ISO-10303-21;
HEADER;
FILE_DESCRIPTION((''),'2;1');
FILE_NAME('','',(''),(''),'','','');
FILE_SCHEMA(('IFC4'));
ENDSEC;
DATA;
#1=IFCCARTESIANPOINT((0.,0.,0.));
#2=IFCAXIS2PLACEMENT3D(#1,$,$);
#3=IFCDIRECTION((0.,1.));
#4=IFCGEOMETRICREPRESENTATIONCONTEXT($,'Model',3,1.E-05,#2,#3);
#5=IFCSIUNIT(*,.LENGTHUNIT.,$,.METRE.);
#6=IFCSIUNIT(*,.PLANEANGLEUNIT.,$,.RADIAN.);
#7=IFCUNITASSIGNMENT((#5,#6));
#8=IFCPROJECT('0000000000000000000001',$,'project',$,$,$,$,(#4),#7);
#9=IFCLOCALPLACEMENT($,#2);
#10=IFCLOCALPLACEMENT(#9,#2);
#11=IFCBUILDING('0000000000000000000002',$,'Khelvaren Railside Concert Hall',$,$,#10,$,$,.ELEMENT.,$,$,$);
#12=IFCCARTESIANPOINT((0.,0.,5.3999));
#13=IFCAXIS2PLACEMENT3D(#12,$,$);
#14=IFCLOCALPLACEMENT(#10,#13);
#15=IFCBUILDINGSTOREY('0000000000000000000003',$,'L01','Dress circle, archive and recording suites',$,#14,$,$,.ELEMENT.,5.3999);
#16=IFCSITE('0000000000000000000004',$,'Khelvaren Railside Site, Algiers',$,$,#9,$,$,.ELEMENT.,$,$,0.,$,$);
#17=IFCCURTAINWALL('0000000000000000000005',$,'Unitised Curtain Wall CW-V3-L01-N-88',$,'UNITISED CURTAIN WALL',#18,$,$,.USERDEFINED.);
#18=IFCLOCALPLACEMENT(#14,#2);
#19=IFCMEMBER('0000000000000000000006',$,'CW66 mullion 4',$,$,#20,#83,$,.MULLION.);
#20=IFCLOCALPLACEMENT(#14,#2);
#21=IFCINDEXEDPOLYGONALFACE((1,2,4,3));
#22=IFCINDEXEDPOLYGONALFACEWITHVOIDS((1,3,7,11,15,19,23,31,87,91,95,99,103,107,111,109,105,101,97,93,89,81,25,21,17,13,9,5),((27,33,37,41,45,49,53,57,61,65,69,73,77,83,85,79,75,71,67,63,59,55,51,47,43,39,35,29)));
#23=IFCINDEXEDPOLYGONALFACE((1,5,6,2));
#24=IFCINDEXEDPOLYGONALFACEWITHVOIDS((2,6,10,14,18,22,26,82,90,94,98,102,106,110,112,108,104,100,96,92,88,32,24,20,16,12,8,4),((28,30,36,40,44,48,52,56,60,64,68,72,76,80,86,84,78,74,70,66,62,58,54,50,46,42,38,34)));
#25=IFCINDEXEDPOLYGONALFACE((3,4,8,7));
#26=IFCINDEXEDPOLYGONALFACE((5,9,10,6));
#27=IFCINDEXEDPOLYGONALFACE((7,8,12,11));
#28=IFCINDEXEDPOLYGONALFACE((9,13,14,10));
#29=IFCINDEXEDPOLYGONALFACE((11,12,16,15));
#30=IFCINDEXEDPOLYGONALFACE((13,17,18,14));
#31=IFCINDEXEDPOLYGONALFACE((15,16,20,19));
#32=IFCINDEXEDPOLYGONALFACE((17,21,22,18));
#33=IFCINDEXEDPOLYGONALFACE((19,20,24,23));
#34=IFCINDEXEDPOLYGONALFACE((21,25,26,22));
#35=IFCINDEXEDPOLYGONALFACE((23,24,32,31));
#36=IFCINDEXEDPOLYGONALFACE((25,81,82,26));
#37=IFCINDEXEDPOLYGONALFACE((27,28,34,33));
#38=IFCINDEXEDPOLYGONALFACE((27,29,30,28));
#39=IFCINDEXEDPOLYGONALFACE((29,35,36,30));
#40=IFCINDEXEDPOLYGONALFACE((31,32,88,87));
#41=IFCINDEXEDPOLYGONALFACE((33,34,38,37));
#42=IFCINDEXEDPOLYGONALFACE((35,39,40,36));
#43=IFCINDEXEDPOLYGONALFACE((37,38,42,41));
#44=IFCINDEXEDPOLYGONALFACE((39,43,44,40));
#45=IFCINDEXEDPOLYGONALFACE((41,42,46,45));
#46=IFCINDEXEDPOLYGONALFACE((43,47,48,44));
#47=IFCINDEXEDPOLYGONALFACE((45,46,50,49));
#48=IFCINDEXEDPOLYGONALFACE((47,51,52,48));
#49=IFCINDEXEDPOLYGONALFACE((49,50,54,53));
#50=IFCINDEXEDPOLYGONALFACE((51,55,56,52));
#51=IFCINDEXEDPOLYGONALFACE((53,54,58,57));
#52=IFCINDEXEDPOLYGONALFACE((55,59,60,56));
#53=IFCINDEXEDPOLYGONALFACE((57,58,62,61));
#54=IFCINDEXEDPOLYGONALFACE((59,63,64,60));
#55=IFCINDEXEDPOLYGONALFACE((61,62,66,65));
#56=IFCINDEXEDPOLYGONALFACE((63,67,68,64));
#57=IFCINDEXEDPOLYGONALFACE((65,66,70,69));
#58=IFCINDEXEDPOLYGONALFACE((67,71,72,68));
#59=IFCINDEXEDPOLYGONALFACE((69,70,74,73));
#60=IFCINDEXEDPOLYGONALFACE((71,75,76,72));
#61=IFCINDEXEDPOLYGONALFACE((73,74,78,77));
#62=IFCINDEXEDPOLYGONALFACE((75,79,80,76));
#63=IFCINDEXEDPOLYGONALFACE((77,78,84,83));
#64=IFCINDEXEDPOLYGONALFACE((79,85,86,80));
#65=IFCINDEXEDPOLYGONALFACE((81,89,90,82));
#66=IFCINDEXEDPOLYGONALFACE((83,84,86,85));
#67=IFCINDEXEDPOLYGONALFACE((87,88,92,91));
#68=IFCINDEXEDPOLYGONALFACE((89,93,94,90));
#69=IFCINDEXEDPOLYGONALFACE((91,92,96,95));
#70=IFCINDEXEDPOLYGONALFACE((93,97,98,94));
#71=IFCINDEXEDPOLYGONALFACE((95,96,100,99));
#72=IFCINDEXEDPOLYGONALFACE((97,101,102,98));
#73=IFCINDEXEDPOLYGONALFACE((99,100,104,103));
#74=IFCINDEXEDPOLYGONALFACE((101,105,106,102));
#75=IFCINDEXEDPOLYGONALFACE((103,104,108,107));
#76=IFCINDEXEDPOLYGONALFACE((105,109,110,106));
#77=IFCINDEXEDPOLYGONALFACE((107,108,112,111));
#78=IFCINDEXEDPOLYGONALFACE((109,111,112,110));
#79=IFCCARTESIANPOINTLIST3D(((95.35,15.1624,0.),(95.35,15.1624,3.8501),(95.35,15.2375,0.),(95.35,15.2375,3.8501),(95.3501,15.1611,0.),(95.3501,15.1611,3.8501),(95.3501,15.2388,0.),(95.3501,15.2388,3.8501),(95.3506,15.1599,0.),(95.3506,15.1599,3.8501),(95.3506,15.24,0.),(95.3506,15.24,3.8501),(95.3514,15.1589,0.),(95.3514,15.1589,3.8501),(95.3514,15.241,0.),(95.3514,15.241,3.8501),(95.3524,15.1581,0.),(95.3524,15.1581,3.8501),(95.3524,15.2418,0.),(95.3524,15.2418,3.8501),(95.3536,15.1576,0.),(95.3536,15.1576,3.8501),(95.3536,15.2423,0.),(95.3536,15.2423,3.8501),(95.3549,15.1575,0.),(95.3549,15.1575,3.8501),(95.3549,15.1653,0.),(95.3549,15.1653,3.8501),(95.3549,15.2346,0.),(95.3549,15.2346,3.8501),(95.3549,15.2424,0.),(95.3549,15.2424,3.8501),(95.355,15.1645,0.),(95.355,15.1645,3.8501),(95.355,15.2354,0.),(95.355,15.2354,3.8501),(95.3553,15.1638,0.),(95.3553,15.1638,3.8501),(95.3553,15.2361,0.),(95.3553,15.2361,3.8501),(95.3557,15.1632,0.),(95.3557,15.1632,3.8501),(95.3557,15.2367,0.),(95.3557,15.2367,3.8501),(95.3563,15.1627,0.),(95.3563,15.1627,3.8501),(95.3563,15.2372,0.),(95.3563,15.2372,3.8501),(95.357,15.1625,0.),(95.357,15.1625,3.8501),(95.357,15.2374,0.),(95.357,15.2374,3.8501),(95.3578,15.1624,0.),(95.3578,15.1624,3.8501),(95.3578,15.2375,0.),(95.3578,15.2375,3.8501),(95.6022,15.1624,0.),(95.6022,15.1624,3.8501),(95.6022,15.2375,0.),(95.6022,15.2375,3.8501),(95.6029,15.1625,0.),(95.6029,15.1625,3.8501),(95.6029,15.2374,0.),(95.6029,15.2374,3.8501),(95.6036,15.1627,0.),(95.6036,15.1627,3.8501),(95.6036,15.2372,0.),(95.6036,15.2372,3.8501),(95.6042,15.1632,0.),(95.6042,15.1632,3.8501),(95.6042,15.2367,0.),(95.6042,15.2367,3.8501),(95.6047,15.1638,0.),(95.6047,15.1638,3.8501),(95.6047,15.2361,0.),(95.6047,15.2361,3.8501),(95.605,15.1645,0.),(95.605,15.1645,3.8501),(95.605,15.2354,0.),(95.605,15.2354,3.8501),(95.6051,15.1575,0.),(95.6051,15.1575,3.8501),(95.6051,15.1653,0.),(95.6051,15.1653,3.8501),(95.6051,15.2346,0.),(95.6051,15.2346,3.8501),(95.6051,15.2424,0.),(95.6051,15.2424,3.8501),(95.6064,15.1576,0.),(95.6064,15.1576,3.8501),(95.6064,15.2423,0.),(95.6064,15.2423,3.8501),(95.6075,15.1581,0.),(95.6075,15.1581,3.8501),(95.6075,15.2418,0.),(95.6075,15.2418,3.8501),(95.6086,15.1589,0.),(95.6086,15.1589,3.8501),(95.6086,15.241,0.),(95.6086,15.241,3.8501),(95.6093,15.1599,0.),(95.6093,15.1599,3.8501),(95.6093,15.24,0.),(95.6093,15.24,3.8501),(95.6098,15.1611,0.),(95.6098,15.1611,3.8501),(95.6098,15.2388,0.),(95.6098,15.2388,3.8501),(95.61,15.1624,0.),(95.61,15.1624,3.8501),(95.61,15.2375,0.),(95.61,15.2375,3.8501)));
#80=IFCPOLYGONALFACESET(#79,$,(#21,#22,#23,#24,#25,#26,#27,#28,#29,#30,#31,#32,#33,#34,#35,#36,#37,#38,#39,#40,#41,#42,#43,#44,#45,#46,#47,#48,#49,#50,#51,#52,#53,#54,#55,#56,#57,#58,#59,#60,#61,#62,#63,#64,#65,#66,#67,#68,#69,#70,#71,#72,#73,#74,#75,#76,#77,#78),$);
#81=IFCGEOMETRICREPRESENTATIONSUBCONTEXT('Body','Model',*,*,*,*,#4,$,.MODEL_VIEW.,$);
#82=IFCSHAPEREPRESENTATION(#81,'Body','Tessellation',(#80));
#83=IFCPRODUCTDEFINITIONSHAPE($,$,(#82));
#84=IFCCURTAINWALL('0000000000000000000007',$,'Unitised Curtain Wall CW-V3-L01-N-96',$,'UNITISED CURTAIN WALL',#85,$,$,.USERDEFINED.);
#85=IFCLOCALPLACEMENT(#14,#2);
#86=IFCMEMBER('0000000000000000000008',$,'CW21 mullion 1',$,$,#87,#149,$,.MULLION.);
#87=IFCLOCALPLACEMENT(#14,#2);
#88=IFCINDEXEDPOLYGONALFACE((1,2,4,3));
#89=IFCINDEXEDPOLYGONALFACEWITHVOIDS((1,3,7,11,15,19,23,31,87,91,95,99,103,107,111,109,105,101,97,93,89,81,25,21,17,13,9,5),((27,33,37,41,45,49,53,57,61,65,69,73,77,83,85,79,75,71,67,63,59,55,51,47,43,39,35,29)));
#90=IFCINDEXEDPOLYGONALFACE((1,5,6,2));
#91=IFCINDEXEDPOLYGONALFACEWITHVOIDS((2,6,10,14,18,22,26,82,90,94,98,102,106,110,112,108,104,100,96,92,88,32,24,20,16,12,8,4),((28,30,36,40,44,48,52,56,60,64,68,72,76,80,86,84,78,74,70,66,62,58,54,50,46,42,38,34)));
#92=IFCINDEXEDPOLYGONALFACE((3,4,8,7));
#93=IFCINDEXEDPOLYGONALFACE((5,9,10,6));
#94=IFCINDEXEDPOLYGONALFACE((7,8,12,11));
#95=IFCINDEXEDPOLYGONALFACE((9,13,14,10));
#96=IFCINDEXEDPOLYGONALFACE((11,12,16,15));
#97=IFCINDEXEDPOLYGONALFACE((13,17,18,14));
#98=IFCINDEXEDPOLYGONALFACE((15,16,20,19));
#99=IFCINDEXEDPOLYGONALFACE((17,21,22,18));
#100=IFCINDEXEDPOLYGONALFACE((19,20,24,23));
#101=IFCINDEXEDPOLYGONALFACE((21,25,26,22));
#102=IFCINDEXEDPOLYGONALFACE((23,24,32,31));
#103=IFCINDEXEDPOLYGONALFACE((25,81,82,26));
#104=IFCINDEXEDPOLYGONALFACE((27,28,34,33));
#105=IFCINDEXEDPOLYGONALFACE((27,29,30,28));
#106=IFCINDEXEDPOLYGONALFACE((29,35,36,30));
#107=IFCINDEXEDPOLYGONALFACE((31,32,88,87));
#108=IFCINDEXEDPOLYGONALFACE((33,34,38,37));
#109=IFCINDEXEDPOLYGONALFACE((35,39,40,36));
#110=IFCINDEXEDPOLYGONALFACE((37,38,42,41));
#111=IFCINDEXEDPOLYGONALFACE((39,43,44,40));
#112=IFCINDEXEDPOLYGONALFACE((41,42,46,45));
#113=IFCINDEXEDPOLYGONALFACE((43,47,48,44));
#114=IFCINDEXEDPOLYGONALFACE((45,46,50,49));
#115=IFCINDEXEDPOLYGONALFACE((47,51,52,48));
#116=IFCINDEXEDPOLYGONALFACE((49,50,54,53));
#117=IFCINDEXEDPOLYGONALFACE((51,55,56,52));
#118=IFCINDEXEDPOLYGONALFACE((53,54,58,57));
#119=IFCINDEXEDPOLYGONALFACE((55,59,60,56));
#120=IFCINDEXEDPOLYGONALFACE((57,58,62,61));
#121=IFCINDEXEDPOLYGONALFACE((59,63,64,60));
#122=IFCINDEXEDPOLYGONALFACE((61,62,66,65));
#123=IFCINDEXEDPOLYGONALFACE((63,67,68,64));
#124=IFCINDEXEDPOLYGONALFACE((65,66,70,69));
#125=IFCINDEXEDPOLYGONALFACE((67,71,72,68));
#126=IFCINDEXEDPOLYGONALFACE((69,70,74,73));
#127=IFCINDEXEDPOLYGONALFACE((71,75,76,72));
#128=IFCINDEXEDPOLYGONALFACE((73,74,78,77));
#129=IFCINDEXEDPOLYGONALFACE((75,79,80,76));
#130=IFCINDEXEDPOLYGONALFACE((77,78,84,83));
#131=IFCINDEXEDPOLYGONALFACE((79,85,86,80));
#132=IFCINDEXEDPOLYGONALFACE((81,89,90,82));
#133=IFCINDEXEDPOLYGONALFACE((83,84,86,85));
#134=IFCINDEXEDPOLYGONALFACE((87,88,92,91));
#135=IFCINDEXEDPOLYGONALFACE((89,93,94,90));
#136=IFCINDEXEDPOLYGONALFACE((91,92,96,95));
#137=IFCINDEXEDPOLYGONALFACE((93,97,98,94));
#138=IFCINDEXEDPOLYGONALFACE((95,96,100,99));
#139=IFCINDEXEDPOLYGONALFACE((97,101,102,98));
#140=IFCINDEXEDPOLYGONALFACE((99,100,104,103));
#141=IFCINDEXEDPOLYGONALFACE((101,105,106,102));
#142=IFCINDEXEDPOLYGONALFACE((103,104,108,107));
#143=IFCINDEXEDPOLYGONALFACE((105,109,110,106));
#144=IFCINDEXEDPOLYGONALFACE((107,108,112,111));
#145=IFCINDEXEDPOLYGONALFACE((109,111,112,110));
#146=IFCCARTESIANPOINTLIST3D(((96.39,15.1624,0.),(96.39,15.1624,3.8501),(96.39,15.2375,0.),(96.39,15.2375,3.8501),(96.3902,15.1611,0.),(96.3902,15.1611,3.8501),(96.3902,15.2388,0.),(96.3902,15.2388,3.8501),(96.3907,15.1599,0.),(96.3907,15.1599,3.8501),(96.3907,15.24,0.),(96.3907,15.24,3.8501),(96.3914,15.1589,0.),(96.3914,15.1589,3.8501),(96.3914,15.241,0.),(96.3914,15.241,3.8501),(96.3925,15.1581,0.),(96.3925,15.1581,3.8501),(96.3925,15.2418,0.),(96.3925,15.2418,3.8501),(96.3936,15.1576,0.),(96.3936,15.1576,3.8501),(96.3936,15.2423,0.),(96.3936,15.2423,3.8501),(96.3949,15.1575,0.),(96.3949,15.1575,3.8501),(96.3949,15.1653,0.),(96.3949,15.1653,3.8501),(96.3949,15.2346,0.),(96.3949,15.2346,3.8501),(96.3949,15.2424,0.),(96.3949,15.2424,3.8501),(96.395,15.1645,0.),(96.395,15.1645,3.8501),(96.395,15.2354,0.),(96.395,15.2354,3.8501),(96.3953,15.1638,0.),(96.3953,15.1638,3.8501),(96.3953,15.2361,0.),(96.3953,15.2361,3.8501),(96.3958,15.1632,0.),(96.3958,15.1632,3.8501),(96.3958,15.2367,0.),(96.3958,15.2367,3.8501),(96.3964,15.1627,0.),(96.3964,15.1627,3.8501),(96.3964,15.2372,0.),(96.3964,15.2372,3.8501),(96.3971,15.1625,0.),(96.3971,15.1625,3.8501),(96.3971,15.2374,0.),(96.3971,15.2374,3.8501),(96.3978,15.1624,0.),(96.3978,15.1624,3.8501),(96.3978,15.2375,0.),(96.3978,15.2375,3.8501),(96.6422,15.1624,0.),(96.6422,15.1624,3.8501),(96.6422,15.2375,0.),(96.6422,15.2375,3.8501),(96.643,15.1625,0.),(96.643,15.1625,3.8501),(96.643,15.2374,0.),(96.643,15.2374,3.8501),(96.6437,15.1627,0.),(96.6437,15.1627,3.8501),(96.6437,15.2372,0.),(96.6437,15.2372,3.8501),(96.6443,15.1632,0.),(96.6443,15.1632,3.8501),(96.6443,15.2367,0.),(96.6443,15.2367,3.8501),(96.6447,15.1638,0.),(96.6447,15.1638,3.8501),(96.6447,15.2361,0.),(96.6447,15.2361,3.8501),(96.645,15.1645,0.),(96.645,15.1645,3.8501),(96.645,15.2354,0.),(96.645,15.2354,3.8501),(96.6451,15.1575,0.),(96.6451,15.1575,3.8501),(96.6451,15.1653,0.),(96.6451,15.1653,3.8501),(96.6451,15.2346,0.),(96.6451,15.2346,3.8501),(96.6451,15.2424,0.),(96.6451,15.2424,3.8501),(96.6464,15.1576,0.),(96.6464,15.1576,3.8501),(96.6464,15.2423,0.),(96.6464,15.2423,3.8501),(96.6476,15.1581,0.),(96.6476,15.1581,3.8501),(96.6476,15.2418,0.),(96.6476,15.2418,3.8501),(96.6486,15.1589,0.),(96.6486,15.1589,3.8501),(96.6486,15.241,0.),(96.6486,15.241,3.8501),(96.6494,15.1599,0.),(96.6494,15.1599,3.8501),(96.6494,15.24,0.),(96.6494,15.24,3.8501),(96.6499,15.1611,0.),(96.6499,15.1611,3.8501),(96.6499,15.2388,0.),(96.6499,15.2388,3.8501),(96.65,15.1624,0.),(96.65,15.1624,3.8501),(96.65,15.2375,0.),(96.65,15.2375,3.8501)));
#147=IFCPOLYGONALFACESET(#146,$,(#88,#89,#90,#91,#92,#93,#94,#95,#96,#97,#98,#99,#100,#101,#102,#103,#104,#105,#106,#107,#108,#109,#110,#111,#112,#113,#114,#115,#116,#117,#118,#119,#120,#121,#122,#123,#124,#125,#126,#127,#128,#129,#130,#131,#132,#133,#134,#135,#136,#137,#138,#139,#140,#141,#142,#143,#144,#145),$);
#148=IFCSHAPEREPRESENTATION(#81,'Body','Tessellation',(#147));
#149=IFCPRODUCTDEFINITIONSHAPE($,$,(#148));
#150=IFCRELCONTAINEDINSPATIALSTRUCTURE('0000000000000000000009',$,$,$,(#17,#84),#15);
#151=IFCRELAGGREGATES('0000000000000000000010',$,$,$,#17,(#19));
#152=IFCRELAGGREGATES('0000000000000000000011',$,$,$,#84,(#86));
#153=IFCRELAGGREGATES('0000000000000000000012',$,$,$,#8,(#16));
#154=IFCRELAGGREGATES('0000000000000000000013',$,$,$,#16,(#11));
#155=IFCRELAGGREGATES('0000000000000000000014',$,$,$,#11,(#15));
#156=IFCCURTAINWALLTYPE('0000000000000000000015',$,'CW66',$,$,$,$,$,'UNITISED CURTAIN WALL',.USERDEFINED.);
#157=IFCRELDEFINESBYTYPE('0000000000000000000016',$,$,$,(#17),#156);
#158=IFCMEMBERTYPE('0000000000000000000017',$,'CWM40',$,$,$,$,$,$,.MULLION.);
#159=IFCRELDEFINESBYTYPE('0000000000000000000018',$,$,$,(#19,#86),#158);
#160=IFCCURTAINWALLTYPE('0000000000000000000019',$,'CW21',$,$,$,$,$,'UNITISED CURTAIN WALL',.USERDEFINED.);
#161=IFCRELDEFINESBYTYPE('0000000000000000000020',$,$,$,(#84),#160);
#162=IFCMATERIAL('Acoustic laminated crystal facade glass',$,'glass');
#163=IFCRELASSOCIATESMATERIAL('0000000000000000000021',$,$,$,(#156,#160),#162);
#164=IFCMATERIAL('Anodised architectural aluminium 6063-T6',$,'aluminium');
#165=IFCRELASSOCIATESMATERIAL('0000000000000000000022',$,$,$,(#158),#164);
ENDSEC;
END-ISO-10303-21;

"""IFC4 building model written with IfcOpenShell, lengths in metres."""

from ifc_helpers import new_model, si_unit, direction, frame, origin, origin_2d, place, context, subcontext, project, spatial, hollow_rectangle, extrude, material, material_profile, profile_set, type_object, element, aggregate, save


model = new_model("IFC4")

# Units and contexts
model_context = context("Model", 3, precision=1e-05, world=origin(), true_north=direction((0.0, 1.0)))
body_context = subcontext(model_context, "Body", "Model", "MODEL_VIEW")
ifc_project = project(units=[si_unit("LENGTHUNIT", "METRE"), si_unit("PLANEANGLEUNIT", "RADIAN")], contexts=[model_context])

# Site, building, storey
site_placement = place(None, origin())
site = spatial("IfcSite", under=ifc_project, at=site_placement, Name="Khelvaren Railside Site, Algiers", CompositionType="ELEMENT", RefElevation=0.0)
building_placement = place(site_placement, origin())
building = spatial("IfcBuilding", under=site, at=building_placement, Name="Khelvaren Railside Concert Hall", CompositionType="ELEMENT")
storey_placement = place(building_placement, frame((0.0, 0.0, 5.3999)))
storey = spatial("IfcBuildingStorey", under=building, at=storey_placement, Name="L01", Description="Dress circle, archive and recording suites", CompositionType="ELEMENT", Elevation=5.3999)

# Curtain walls, members
ifc_material_1 = material(Name="Acoustic laminated crystal facade glass", Category="glass")
curtain_wall_type_1 = type_object("IfcCurtainWallType", Name="CW66", ElementType="UNITISED CURTAIN WALL", PredefinedType="USERDEFINED", material=ifc_material_1)
curtain_wall_1_placement = place(storey_placement, origin())
curtain_wall_1 = element("IfcCurtainWall", 1, at=curtain_wall_1_placement, inside=storey, type_object=curtain_wall_type_1, Name="Unitised Curtain Wall CW-V3-L01-N-88", ObjectType="UNITISED CURTAIN WALL", PredefinedType="USERDEFINED")
ifc_material_2 = material(Name="Anodised architectural aluminium 6063-T6", Category="aluminium")
ifc_material_profile_1 = material_profile(ifc_material_2, hollow_rectangle(XDim=0.085, YDim=0.26, WallThickness=0.0049, InnerFilletRadius=0.0029, OuterFilletRadius=0.0049, at=origin_2d()), Name="CWM 85x260x5")
ifc_profile_set_1 = profile_set([ifc_material_profile_1], Name="Anodised architectural aluminium 6063-T6")
member_type_1 = type_object("IfcMemberType", Name="CWM40", PredefinedType="MULLION", material=ifc_profile_set_1)
member_1_placement = place(storey_placement, frame((95.48, 15.2, 0.0), z_axis=(0.0, 0.0, 1.0), x_axis=(0.0, 1.0, 0.0)))
member_1 = element("IfcMember", 2, at=member_1_placement, type_object=member_type_1, Name="CW66 mullion 4", PredefinedType="MULLION", context=body_context, shape_type="SweptSolid", body=[
    extrude(hollow_rectangle(XDim=0.085, YDim=0.26, WallThickness=0.0049, InnerFilletRadius=0.0029, OuterFilletRadius=0.0049, at=origin_2d()), origin(), (0.0, 0.0, 1.0), 3.8501),
])
curtain_wall_type_2 = type_object("IfcCurtainWallType", Name="CW21", ElementType="UNITISED CURTAIN WALL", PredefinedType="USERDEFINED", material=ifc_material_1)
curtain_wall_2_placement = place(storey_placement, origin())
curtain_wall_2 = element("IfcCurtainWall", 3, at=curtain_wall_2_placement, inside=storey, type_object=curtain_wall_type_2, Name="Unitised Curtain Wall CW-V3-L01-N-96", ObjectType="UNITISED CURTAIN WALL", PredefinedType="USERDEFINED")
member_2_placement = place(storey_placement, frame((96.52, 15.2, 0.0), z_axis=(0.0, 0.0, 1.0), x_axis=(0.0, 1.0, 0.0)))
member_2 = element("IfcMember", 4, at=member_2_placement, type_object=member_type_1, Name="CW21 mullion 1", PredefinedType="MULLION", context=body_context, shape_type="SweptSolid", body=[
    extrude(hollow_rectangle(XDim=0.085, YDim=0.26, WallThickness=0.0049, InnerFilletRadius=0.0029, OuterFilletRadius=0.0049, at=origin_2d()), origin(), (0.0, 0.0, 1.0), 3.8501),
])

aggregate(curtain_wall_1, [member_1])
aggregate(curtain_wall_2, [member_2])

save(model, "model.ifc")
